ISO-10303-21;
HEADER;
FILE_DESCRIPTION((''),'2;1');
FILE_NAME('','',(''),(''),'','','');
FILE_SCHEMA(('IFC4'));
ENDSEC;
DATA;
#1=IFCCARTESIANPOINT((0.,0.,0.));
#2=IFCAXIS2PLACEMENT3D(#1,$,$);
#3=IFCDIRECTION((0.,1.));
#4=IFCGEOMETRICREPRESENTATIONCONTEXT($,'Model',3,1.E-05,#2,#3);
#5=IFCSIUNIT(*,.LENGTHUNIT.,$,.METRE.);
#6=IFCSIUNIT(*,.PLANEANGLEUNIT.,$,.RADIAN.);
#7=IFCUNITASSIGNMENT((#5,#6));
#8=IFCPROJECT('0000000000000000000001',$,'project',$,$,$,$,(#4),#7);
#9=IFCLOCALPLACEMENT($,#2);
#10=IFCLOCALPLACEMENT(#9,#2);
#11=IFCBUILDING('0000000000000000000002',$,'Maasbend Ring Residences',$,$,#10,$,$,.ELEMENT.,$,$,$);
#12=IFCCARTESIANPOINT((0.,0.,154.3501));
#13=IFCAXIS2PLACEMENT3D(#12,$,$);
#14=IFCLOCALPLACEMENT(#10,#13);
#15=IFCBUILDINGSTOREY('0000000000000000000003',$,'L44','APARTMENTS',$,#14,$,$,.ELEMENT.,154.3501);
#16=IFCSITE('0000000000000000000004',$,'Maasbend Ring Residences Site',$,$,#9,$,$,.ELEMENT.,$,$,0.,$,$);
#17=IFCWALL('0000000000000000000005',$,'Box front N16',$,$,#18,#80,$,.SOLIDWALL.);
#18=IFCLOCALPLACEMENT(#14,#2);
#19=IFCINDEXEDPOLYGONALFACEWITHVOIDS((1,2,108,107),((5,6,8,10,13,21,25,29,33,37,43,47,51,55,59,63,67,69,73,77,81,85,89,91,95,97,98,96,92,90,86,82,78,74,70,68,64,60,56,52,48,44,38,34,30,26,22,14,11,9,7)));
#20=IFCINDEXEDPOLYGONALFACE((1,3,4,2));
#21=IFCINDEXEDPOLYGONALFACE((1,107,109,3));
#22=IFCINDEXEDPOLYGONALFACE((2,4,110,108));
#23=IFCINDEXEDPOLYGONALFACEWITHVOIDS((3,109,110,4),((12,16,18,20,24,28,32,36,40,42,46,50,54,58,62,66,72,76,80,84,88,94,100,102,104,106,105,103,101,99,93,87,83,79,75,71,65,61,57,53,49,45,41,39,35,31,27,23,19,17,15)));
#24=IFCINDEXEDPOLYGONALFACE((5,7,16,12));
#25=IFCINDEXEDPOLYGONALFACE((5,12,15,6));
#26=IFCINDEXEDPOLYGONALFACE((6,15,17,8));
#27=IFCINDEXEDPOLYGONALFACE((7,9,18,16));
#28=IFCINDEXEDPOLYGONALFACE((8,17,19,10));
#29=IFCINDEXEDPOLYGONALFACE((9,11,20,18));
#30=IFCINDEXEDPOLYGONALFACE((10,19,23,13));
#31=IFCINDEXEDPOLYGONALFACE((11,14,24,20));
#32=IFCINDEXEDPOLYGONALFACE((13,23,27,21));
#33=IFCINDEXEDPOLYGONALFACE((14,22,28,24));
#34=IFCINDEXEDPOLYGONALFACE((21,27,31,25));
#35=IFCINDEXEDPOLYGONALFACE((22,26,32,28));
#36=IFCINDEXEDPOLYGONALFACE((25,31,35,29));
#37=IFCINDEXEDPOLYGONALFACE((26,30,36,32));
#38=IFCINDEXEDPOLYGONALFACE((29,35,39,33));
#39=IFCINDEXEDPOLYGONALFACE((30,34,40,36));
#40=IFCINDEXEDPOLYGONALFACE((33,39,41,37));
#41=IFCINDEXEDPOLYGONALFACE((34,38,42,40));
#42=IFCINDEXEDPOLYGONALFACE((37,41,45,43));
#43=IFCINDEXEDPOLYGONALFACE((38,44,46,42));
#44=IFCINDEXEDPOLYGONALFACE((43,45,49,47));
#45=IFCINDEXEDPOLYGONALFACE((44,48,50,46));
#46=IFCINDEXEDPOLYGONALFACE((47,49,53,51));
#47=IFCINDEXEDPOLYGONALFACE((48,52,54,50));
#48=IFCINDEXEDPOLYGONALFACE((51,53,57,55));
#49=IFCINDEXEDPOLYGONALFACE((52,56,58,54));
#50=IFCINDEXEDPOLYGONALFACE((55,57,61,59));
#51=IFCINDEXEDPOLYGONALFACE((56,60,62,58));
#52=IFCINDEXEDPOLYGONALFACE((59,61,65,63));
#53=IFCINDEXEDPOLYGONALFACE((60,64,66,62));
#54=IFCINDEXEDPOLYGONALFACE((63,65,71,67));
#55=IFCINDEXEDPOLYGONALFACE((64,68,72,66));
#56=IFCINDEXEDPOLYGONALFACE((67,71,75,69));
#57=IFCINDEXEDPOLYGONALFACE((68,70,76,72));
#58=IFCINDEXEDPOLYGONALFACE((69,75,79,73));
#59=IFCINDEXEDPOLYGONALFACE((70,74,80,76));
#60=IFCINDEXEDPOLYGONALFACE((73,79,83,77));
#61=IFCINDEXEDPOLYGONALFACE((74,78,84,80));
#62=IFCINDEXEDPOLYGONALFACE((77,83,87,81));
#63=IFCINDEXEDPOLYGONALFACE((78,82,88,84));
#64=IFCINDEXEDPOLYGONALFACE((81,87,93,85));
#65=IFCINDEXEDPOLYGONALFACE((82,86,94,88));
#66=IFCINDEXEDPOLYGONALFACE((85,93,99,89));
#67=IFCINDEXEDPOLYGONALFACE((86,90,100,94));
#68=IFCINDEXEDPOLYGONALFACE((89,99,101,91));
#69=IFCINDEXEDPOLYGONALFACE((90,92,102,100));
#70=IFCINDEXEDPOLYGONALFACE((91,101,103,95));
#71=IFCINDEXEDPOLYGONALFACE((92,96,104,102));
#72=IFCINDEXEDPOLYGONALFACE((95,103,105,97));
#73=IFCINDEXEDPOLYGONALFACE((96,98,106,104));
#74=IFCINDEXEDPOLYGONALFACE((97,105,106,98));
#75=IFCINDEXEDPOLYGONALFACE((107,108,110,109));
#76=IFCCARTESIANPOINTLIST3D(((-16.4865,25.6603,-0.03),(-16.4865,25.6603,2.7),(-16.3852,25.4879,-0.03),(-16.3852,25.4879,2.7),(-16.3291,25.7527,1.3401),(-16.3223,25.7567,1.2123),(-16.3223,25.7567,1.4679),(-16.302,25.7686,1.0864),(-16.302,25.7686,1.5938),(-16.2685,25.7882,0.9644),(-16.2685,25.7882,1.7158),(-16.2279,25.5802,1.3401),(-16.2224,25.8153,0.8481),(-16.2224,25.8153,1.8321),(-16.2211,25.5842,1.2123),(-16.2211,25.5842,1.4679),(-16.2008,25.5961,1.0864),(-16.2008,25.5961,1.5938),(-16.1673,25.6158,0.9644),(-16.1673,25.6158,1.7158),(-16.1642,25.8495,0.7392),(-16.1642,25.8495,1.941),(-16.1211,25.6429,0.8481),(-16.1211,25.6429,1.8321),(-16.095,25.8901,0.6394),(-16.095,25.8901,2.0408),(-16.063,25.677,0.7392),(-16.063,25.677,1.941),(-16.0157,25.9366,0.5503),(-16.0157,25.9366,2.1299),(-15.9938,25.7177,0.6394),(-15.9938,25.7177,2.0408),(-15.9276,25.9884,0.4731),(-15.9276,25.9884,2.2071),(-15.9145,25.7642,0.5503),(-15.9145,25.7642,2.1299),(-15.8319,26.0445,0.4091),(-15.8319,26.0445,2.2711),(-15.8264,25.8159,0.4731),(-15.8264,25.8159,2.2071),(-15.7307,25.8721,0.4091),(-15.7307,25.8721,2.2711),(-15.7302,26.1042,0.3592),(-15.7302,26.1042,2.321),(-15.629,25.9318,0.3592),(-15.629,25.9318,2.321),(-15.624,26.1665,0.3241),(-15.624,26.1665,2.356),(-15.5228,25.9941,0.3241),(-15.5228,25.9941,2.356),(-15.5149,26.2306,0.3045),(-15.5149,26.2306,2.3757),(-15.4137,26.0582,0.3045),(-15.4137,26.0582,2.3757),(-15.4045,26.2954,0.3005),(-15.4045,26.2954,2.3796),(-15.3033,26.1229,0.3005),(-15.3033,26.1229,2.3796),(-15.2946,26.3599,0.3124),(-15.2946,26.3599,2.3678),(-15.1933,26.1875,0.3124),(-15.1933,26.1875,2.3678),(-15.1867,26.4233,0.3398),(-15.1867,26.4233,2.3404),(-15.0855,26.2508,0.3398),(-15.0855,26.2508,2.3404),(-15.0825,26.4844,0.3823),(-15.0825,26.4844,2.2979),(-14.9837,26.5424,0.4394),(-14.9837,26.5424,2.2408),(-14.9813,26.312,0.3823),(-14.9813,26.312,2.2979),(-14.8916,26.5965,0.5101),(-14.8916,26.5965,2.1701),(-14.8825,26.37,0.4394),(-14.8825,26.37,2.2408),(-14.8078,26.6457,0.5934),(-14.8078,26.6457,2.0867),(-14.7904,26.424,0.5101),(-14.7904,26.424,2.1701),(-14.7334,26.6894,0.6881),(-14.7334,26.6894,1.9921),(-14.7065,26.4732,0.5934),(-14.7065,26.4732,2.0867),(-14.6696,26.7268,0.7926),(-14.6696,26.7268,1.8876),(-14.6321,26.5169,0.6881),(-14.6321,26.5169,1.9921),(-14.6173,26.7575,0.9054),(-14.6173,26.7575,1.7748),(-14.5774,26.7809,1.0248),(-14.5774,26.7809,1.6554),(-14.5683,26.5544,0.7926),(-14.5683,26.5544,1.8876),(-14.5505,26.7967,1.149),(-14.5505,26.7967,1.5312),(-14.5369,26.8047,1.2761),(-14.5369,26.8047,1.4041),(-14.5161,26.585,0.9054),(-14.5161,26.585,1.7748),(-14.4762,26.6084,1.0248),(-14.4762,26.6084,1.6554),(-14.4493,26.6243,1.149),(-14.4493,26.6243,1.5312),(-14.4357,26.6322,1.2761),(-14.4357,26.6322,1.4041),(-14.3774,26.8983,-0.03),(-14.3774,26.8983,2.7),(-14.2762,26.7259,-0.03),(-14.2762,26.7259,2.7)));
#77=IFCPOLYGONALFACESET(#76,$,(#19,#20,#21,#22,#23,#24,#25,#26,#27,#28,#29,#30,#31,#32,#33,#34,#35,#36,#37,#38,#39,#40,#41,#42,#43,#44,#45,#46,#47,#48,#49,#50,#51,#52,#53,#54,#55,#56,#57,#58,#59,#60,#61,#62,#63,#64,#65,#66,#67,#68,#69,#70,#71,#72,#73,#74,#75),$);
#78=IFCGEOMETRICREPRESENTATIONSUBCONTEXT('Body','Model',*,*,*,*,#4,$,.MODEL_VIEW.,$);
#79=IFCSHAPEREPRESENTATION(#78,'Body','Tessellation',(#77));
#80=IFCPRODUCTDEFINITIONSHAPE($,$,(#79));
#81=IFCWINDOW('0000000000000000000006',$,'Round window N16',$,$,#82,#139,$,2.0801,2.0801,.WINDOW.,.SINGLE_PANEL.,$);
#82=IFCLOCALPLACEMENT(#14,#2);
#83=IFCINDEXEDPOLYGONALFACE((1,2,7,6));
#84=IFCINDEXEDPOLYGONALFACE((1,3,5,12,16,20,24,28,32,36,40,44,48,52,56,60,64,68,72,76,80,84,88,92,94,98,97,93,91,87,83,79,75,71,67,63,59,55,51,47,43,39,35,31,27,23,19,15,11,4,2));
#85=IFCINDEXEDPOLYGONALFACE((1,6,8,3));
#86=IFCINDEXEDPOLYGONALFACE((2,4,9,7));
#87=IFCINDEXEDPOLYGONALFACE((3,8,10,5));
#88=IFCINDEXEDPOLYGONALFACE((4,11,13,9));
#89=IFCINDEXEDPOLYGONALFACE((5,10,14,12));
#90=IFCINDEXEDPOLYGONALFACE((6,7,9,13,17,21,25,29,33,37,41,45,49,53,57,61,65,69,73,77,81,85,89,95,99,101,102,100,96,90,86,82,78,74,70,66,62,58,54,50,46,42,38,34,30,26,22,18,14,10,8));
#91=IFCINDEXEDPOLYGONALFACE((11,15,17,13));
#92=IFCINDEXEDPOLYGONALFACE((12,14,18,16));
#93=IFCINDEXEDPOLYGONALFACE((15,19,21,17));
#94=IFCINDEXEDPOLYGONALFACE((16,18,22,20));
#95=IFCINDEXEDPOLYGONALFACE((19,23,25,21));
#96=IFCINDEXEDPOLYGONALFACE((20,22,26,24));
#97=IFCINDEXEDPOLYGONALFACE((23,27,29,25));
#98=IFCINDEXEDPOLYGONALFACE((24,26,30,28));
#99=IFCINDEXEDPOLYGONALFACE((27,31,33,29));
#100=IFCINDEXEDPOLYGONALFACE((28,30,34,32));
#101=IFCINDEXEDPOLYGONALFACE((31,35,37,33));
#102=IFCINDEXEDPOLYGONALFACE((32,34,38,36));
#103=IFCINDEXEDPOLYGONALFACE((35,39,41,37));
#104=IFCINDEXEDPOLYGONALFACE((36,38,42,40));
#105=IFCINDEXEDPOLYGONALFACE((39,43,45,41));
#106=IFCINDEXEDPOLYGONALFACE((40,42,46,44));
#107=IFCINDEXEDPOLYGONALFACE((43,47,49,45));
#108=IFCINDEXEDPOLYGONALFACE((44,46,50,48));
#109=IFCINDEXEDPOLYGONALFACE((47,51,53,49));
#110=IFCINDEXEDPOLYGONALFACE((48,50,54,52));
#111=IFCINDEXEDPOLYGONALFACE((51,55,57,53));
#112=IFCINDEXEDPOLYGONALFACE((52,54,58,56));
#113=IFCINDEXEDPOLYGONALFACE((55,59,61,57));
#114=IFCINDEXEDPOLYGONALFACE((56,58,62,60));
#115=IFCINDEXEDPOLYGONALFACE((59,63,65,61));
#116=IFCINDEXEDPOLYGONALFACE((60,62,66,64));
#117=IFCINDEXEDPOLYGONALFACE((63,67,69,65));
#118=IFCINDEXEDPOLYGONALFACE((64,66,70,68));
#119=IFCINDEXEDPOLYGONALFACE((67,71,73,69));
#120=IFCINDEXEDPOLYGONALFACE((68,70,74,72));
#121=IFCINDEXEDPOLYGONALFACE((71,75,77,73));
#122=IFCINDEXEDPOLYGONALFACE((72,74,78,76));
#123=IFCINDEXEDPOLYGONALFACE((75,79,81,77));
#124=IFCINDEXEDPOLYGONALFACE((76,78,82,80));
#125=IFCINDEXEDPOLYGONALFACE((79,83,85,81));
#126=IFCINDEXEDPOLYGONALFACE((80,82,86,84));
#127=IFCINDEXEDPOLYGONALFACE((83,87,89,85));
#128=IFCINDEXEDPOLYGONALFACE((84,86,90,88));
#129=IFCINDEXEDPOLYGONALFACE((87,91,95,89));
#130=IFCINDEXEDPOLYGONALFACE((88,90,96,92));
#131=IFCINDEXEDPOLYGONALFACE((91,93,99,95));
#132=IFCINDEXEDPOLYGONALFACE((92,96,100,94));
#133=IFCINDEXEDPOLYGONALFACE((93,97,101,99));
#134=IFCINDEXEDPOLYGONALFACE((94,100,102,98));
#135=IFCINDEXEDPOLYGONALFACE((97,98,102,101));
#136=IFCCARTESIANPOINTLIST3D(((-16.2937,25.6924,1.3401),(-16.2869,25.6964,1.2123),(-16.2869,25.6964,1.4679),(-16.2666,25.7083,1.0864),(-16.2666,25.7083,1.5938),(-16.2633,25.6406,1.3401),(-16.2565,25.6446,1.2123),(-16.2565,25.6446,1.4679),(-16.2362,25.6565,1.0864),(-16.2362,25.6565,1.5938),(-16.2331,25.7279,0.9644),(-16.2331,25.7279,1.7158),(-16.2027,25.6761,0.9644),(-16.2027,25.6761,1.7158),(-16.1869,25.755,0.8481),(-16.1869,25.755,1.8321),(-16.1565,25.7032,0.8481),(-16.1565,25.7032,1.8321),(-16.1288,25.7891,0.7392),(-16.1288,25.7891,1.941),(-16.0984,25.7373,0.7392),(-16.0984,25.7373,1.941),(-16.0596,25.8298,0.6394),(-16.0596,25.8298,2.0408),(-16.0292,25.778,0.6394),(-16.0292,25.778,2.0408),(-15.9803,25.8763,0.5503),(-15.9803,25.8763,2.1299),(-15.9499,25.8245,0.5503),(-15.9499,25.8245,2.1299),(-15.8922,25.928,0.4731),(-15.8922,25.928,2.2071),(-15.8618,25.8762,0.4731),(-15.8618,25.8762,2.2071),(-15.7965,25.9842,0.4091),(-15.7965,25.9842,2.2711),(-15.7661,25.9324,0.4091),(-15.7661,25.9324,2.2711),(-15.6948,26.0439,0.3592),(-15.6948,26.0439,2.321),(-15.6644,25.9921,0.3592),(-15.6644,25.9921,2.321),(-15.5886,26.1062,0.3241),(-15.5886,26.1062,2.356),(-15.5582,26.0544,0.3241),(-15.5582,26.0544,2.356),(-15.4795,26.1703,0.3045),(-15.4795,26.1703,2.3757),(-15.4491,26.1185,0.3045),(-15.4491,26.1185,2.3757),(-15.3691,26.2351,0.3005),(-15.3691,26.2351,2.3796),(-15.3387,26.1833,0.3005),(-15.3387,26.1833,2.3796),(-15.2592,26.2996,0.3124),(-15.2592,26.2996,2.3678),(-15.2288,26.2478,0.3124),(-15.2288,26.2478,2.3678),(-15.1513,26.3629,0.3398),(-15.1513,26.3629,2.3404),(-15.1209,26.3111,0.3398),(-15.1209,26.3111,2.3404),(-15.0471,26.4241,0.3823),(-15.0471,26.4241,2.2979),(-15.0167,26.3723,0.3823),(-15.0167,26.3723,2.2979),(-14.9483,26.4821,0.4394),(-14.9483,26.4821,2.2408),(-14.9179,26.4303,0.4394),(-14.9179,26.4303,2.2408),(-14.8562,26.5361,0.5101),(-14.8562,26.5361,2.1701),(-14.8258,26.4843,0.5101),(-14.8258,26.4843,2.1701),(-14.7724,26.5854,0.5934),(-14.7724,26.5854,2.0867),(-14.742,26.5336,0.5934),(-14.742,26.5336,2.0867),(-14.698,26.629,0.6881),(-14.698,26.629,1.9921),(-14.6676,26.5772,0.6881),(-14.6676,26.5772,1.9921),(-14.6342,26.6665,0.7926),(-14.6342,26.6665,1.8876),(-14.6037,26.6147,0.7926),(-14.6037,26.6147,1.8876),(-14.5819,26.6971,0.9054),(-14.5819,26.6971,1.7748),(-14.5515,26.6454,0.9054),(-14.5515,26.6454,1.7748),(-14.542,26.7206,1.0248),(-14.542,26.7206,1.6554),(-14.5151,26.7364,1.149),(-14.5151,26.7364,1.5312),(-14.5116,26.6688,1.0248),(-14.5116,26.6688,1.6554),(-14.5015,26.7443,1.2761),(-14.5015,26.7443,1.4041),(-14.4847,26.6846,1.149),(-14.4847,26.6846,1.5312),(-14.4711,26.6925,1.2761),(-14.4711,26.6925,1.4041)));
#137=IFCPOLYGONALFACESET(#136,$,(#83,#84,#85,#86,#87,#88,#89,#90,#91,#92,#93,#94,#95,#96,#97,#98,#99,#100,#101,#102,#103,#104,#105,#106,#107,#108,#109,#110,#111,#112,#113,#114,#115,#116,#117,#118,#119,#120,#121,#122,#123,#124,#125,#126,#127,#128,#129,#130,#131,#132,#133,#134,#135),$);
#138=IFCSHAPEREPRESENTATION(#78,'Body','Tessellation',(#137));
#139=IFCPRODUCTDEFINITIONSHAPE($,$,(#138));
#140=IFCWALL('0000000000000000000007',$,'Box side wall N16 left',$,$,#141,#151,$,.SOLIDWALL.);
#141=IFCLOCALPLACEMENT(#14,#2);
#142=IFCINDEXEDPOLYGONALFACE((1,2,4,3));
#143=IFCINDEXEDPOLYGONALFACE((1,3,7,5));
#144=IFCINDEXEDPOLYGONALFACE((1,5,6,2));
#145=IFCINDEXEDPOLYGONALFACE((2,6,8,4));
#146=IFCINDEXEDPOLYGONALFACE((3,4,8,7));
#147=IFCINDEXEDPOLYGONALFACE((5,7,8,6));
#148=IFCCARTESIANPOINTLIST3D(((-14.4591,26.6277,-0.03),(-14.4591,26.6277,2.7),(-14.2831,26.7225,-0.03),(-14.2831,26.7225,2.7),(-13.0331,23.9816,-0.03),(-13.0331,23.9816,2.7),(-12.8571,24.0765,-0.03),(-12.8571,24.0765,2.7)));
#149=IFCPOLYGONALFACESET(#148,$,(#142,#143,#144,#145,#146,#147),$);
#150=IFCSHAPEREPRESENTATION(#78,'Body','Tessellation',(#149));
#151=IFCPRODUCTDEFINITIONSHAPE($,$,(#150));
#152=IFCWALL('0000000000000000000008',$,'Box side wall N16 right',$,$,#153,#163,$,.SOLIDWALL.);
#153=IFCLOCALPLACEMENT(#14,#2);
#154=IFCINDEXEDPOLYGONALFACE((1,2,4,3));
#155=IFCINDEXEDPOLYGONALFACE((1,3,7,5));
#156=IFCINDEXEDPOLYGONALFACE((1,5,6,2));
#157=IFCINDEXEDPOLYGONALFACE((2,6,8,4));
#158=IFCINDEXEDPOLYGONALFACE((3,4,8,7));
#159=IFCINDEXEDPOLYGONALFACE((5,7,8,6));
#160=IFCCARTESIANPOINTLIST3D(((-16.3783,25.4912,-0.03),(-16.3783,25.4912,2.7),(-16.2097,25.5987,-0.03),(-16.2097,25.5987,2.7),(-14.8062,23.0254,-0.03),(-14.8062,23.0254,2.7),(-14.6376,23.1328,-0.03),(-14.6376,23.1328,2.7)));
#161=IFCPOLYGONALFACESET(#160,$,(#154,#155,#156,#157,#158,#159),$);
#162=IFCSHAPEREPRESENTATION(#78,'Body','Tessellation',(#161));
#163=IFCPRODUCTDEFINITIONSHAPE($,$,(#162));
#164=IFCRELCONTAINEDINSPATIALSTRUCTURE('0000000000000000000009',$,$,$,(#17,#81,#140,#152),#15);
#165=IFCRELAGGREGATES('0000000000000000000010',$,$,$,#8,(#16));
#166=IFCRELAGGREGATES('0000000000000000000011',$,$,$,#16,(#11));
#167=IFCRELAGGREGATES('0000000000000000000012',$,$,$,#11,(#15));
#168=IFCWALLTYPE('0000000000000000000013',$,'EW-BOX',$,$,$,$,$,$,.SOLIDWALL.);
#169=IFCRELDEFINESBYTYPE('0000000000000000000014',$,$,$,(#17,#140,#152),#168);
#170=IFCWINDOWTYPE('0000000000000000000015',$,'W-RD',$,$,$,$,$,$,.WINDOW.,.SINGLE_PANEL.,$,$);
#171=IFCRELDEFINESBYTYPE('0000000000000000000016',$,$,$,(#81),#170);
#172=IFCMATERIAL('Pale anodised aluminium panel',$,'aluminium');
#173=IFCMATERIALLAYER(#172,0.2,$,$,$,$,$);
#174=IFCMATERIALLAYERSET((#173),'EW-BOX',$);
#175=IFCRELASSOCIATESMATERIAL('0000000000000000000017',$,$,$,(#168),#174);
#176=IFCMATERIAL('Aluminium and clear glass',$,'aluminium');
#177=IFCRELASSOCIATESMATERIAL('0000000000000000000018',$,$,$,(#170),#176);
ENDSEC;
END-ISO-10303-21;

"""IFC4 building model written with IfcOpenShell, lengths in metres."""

from ifc_helpers import new_model, si_unit, direction, frame, frame_2d, origin, place, context, subcontext, project, spatial, rectangle, circle, extrude, material, layer, layer_set, type_object, element, fill, save


model = new_model("IFC4")

# Units and contexts
model_context = context("Model", 3, precision=1e-05, world=origin(), true_north=direction((0.0, 1.0)))
body_context = subcontext(model_context, "Body", "Model", "MODEL_VIEW")
ifc_project = project(units=[si_unit("LENGTHUNIT", "METRE"), si_unit("PLANEANGLEUNIT", "RADIAN")], contexts=[model_context])

# Site, building, storey
site_placement = place(None, origin())
site = spatial("IfcSite", under=ifc_project, at=site_placement, Name="Maasbend Ring Residences Site", CompositionType="ELEMENT", RefElevation=0.0)
building_placement = place(site_placement, origin())
building = spatial("IfcBuilding", under=site, at=building_placement, Name="Maasbend Ring Residences", CompositionType="ELEMENT")
storey_placement = place(building_placement, frame((0.0, 0.0, 154.3501)))
storey = spatial("IfcBuildingStorey", under=building, at=storey_placement, Name="L44", Description="APARTMENTS", CompositionType="ELEMENT", Elevation=154.3501)

# Wall, opening, window
ifc_material_1 = material(Name="Pale anodised aluminium panel", Category="aluminium")
ifc_layer_1 = layer(ifc_material_1, 0.2)
ifc_layer_set_1 = layer_set([ifc_layer_1], Name="EW-BOX")
wall_type_1 = type_object("IfcWallType", Name="EW-BOX", PredefinedType="SOLIDWALL", material=ifc_layer_set_1)
wall_1_placement = place(storey_placement, frame((-14.3269, 26.812, -0.03), z_axis=(0.0, 0.0, 1.0), x_axis=(-0.862403, -0.506222, 0.0)))
wall_1 = element("IfcWall", 1, at=wall_1_placement, inside=storey, type_object=wall_type_1, Name="Box front N16", PredefinedType="SOLIDWALL", context=body_context, shape_type="SweptSolid", body=[
    extrude(rectangle(XDim=2.4456, YDim=0.2, at=frame_2d((1.2227, 0.0))), origin(), (0.0, 0.0, 1.0), 2.73),
])
opening_1_placement = place(wall_1_placement, frame((0.1829, 0.0, 0.3301)))
opening_1 = element("IfcOpeningElement", 2, at=opening_1_placement, cuts=wall_1, PredefinedType="OPENING", context=body_context, shape_type="SweptSolid", body=[
    extrude(circle(Radius=1.04, at=frame_2d((1.04, 1.04))), frame((0.0, 0.1099, 0.0), z_axis=(0.0, -1.0, 0.0), x_axis=(1.0, 0.0, 0.0)), (0.0, 0.0, 1.0), 0.22),
])
ifc_material_2 = material(Name="Aluminium and clear glass", Category="aluminium")
window_type_1 = type_object("IfcWindowType", Name="W-RD", PartitioningType="SINGLE_PANEL", PredefinedType="WINDOW", material=ifc_material_2)
window_1_placement = place(opening_1_placement, origin())
window_1 = element("IfcWindow", 3, at=window_1_placement, inside=storey, type_object=window_type_1, Name="Round window N16", OverallHeight=2.0801, OverallWidth=2.0801, PartitioningType="SINGLE_PANEL", PredefinedType="WINDOW", context=body_context, shape_type="SweptSolid", body=[
    extrude(circle(Radius=1.04, at=frame_2d((1.04, 1.04))), frame((0.0, 0.03, 0.0), z_axis=(0.0, -1.0, 0.0), x_axis=(1.0, 0.0, 0.0)), (0.0, 0.0, 1.0), 0.0601),
])
fill(opening_1, window_1)

# Walls
wall_2_placement = place(storey_placement, frame((-12.9451, 24.0291, -0.03), z_axis=(0.0, 0.0, 1.0), x_axis=(-0.474424, 0.880296, 0.0)))
element("IfcWall", 4, at=wall_2_placement, inside=storey, type_object=wall_type_1, Name="Box side wall N16 left", PredefinedType="SOLIDWALL", context=body_context, shape_type="SweptSolid", body=[
    extrude(rectangle(XDim=3.0059, YDim=0.2, at=frame_2d((1.5029, 0.0))), origin(), (0.0, 0.0, 1.0), 2.73),
])
wall_3_placement = place(storey_placement, frame((-14.7219, 23.0791, -0.03), z_axis=(0.0, 0.0, 1.0), x_axis=(-0.537572, 0.843218, 0.0)))
element("IfcWall", 5, at=wall_3_placement, inside=storey, type_object=wall_type_1, Name="Box side wall N16 right", PredefinedType="SOLIDWALL", context=body_context, shape_type="SweptSolid", body=[
    extrude(rectangle(XDim=2.9243, YDim=0.2, at=frame_2d((1.4622, 0.0))), origin(), (0.0, 0.0, 1.0), 2.73),
])

save(model, "model.ifc")
